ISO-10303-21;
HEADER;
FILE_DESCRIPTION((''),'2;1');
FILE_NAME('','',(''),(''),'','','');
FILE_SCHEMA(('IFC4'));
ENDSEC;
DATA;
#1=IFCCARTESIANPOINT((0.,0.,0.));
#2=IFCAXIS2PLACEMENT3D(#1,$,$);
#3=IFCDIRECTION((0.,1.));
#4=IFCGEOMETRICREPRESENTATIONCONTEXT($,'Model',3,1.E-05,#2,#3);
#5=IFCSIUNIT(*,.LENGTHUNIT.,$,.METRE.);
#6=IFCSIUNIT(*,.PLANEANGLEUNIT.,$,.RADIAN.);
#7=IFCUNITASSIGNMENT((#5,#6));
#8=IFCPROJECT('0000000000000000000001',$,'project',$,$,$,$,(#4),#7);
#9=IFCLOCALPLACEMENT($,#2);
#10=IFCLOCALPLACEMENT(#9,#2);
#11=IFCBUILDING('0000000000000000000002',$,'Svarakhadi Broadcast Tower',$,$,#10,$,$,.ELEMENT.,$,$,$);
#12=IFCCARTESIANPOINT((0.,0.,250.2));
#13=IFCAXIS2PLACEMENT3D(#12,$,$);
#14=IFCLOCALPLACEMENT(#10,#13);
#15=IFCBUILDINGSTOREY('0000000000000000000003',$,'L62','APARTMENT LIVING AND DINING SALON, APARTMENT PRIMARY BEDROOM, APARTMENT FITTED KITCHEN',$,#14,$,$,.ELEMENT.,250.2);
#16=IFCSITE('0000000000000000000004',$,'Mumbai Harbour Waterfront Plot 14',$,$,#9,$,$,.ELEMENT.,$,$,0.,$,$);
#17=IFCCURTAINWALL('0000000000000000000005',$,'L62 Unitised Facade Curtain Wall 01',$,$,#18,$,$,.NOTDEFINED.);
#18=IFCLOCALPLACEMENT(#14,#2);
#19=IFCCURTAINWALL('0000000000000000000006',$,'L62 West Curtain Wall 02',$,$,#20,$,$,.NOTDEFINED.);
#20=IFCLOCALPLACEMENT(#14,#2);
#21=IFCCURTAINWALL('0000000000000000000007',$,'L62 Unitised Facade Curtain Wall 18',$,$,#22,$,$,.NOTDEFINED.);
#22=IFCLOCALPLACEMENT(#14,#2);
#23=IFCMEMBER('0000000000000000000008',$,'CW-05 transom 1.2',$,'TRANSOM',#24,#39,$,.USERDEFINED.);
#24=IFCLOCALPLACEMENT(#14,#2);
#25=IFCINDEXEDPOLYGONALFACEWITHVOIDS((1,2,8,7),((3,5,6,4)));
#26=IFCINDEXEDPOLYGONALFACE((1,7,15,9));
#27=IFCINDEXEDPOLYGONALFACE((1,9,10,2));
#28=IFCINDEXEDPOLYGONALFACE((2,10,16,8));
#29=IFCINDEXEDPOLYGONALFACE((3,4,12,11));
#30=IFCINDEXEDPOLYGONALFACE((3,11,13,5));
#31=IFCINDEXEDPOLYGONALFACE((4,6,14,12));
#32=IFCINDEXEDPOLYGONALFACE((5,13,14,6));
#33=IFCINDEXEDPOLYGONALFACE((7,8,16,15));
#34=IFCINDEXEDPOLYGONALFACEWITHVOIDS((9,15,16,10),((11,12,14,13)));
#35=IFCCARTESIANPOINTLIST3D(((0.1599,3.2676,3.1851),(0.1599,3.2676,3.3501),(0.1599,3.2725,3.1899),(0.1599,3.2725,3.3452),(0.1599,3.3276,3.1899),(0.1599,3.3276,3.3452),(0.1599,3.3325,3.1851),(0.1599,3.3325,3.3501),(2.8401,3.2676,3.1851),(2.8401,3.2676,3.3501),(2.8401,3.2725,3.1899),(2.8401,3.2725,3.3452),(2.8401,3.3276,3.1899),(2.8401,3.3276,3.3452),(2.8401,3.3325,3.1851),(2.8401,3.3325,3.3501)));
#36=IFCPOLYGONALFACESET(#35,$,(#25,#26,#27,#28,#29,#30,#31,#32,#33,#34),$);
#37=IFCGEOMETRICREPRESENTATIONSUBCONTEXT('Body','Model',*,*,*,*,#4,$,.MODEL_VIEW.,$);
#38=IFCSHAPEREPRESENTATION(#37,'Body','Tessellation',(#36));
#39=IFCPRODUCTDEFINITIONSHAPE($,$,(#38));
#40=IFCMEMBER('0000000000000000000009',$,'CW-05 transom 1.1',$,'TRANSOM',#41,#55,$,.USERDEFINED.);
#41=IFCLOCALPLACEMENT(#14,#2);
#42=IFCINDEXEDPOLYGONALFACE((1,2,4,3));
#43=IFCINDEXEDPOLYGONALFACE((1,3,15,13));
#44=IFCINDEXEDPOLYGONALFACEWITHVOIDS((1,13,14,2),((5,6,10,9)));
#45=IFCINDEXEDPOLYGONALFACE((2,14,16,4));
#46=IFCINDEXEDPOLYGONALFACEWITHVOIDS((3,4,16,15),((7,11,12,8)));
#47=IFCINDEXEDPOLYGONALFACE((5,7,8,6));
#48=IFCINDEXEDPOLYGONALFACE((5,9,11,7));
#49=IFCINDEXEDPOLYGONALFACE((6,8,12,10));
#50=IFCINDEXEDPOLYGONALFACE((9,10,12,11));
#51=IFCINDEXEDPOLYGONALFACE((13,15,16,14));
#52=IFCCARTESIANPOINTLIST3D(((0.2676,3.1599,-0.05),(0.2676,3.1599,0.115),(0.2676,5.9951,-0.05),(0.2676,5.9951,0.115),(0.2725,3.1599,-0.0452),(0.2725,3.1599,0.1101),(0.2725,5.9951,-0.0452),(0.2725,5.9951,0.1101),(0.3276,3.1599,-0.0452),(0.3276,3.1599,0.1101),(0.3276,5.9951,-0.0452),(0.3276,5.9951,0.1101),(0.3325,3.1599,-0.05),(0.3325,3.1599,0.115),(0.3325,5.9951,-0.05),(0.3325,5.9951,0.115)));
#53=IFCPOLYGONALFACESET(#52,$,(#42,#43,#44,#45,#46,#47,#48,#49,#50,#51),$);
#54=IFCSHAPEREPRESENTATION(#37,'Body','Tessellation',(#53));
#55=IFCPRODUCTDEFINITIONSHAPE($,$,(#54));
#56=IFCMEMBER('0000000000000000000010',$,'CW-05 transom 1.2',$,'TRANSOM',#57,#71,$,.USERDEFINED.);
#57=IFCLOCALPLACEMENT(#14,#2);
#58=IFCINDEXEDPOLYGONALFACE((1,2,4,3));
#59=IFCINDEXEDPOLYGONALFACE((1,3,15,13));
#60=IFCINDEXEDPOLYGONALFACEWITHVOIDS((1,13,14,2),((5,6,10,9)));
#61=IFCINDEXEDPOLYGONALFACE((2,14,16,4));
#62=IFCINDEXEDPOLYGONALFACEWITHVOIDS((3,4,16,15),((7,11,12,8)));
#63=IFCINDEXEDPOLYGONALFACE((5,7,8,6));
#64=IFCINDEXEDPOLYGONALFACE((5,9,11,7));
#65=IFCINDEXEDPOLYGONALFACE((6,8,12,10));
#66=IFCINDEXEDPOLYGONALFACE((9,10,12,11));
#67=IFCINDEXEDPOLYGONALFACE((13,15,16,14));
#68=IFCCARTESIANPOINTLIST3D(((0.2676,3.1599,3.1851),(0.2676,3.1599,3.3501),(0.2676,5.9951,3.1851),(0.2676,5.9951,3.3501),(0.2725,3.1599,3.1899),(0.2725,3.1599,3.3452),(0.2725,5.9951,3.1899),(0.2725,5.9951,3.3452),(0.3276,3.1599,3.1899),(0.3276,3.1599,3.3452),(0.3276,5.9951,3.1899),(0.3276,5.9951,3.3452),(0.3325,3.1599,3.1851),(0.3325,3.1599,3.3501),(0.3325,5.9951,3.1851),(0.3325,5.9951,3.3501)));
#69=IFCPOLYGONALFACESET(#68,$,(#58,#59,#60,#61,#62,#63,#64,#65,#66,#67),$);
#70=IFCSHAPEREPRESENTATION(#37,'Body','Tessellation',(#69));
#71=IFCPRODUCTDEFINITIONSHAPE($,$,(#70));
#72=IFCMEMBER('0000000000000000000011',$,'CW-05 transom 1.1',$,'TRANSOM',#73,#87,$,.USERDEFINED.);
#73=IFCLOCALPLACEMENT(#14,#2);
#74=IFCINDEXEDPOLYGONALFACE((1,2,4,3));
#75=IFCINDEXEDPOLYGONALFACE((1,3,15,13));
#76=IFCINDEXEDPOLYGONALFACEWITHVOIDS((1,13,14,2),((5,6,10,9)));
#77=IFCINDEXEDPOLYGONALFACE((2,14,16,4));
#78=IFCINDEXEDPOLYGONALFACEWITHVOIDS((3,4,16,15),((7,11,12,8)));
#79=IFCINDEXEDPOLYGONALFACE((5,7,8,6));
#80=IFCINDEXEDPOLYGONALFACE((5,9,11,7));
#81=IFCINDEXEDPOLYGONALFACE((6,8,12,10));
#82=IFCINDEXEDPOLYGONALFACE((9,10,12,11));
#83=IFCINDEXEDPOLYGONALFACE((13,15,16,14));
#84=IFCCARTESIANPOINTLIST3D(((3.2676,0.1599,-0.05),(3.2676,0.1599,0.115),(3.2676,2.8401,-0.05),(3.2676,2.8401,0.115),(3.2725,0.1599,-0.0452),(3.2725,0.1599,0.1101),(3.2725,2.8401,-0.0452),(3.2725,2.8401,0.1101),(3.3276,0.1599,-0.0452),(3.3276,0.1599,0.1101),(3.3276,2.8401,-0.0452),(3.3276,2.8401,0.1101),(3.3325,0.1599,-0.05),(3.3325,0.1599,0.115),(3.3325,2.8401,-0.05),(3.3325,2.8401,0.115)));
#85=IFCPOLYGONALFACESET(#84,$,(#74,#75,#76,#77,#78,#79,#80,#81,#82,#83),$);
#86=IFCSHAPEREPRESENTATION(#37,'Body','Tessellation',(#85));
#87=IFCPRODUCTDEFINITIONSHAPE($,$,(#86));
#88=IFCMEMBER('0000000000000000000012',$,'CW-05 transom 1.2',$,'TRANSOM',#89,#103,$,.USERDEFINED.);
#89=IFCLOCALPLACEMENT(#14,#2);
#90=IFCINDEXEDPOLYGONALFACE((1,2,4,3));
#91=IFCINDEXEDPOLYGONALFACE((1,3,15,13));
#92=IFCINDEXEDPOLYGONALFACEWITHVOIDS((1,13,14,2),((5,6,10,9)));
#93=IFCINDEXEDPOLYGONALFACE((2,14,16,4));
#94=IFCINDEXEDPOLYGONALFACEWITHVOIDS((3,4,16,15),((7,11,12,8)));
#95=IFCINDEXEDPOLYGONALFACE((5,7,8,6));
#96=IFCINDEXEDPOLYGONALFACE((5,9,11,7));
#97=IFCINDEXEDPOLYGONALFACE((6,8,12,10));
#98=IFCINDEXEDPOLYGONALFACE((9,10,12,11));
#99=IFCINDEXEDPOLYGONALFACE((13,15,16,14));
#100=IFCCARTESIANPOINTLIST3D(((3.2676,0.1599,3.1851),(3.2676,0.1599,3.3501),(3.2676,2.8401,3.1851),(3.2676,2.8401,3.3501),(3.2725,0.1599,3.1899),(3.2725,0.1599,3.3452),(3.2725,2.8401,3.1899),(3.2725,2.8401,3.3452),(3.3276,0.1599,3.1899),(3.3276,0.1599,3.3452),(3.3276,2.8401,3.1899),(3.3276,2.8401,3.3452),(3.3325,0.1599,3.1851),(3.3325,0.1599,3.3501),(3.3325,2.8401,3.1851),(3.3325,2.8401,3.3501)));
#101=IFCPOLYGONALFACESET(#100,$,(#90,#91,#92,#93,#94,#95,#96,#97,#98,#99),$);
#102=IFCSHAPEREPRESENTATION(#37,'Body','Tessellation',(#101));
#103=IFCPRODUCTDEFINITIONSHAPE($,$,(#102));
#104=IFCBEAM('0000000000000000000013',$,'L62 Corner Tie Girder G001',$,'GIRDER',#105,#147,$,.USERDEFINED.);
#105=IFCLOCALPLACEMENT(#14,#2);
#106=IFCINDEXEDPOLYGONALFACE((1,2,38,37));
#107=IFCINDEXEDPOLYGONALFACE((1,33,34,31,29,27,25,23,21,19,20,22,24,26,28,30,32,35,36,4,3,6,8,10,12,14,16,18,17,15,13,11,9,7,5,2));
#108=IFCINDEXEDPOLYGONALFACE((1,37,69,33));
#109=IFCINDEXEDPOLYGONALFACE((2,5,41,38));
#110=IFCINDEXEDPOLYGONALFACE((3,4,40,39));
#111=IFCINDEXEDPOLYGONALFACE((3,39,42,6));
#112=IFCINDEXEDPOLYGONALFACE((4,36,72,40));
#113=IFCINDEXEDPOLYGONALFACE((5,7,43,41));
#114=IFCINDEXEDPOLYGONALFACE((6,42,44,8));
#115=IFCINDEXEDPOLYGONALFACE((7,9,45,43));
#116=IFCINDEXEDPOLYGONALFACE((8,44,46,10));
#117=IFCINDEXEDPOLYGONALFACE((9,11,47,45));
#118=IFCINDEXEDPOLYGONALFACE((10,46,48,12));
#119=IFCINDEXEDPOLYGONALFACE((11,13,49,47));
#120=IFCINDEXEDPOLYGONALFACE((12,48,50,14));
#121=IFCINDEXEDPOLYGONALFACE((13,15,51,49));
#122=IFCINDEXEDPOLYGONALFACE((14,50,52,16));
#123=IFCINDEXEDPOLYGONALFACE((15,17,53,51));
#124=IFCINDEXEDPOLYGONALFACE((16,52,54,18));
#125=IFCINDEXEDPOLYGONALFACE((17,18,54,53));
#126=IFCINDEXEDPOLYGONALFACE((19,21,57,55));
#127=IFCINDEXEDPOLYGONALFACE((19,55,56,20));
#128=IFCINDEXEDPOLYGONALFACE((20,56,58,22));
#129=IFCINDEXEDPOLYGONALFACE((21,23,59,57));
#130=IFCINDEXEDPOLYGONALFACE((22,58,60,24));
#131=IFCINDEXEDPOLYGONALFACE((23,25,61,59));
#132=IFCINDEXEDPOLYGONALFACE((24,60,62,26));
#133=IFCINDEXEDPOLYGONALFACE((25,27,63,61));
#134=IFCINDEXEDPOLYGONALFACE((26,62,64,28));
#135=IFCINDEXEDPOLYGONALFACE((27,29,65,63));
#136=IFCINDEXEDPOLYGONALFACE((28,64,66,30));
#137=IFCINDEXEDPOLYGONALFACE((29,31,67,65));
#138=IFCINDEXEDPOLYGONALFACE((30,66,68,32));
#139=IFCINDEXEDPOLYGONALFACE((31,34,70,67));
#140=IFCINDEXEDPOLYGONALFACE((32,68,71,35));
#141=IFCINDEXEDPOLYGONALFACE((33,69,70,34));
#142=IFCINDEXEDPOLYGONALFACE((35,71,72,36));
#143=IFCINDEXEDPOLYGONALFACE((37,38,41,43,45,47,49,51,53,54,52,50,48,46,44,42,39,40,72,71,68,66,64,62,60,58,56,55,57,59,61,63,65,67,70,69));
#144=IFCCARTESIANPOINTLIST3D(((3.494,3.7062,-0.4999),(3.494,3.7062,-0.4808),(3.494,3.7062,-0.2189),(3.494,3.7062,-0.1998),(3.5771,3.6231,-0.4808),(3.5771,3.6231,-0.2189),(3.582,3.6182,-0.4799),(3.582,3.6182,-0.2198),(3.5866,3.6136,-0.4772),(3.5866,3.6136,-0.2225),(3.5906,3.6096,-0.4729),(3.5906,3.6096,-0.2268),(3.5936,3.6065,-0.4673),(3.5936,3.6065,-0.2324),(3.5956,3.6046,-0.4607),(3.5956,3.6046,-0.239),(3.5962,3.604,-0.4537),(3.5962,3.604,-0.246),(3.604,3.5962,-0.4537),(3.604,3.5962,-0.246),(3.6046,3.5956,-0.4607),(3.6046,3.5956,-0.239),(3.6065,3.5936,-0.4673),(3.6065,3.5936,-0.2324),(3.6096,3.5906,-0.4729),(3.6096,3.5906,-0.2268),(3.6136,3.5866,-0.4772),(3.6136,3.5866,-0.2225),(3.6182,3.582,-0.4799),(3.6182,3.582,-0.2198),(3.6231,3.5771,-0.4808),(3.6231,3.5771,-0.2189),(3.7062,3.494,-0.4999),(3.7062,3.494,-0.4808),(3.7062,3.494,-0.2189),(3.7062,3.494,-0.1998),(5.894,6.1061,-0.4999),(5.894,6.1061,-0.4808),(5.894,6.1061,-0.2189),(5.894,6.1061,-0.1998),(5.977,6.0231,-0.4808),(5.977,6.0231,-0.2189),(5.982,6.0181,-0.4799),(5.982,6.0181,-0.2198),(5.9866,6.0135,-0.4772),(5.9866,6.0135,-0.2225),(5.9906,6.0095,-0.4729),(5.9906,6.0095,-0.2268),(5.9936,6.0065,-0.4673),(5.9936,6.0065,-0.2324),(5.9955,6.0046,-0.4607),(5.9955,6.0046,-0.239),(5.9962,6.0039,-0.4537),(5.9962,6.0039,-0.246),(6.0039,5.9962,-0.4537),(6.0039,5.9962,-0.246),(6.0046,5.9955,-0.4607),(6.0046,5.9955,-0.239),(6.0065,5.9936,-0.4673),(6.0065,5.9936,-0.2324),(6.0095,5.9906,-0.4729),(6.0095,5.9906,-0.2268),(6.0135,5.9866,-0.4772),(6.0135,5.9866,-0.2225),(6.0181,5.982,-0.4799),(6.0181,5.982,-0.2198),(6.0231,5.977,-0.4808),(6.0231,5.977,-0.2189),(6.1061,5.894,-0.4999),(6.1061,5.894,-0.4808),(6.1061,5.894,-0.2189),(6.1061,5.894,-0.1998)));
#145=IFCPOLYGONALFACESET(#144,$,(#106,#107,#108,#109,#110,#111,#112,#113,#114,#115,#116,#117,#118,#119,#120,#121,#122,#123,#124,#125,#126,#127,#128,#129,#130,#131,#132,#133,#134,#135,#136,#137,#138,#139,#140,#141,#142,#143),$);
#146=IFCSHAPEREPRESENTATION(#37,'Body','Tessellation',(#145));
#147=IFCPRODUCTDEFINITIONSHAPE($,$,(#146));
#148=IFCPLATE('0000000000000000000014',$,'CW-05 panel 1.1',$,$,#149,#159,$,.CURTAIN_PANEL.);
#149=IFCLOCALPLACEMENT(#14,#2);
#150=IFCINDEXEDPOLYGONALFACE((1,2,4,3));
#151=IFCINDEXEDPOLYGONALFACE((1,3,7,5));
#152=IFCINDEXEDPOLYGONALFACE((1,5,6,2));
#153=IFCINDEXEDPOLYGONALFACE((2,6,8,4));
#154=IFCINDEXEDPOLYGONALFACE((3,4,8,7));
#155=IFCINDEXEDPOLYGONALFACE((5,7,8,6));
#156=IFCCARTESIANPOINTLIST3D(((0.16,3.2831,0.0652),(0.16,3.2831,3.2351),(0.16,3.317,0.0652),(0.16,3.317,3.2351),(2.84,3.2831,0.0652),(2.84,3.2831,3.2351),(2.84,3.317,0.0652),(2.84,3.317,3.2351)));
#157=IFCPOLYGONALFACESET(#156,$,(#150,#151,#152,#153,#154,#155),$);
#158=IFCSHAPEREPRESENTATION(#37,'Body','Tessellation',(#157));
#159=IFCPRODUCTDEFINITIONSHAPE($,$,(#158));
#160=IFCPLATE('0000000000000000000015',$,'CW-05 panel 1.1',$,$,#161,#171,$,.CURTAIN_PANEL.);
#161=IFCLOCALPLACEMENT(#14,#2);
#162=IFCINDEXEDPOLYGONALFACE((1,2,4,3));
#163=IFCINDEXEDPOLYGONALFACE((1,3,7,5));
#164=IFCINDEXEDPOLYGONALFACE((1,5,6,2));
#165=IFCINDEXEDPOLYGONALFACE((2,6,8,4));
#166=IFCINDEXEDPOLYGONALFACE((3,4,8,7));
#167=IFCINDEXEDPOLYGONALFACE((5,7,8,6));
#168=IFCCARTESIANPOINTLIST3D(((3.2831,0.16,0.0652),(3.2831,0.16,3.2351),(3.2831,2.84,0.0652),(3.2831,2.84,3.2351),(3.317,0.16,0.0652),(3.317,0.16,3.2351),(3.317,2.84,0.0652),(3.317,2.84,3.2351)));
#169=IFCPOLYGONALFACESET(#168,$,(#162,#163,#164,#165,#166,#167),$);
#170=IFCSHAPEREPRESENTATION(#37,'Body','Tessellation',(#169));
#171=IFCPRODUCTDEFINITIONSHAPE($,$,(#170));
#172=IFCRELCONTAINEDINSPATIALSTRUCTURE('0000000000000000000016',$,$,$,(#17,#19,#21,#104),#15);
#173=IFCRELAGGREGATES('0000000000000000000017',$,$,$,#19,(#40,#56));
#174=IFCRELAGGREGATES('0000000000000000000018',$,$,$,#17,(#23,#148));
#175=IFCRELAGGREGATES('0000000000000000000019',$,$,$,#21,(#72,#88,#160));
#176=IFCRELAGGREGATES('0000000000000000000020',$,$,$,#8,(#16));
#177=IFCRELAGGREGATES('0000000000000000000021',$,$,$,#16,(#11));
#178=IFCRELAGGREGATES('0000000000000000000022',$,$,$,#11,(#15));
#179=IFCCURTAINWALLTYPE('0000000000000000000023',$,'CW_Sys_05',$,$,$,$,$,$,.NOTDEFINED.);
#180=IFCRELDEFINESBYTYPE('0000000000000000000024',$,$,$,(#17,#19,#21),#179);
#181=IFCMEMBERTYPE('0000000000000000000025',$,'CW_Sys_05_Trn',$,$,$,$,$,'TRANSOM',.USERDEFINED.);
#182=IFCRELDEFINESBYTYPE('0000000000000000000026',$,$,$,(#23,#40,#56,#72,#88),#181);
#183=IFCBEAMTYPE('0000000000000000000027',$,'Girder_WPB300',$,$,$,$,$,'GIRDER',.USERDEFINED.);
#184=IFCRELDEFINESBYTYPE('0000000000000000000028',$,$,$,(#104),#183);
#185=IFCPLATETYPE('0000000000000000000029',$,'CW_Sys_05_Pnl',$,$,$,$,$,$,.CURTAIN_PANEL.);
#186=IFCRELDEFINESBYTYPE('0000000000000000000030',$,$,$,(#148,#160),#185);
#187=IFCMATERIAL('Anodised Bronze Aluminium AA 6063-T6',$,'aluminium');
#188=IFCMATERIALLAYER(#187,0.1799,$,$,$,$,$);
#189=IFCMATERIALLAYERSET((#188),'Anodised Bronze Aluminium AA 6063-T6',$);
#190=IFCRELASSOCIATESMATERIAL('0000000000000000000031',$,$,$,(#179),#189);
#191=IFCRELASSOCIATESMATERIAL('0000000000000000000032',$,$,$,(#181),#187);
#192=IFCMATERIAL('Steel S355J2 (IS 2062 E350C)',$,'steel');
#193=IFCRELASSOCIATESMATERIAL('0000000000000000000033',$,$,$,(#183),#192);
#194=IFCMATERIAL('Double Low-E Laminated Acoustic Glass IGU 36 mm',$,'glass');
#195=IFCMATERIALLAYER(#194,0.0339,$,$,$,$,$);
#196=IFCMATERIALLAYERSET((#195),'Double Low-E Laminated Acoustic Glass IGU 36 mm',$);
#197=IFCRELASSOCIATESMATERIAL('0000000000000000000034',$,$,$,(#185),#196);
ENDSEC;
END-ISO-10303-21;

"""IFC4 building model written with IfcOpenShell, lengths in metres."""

from ifc_helpers import new_model, si_unit, direction, frame, origin, origin_2d, place, context, subcontext, project, spatial, rectangle, hollow_rectangle, i_section, extrude, material, layer, layer_set, material_profile, profile_set, type_object, element, aggregate, save


model = new_model("IFC4")

# Units and contexts
model_context = context("Model", 3, precision=1e-05, world=origin(), true_north=direction((0.0, 1.0)))
body_context = subcontext(model_context, "Body", "Model", "MODEL_VIEW")
ifc_project = project(units=[si_unit("LENGTHUNIT", "METRE"), si_unit("PLANEANGLEUNIT", "RADIAN")], contexts=[model_context])

# Site, building, storey
site_placement = place(None, origin())
site = spatial("IfcSite", under=ifc_project, at=site_placement, Name="Mumbai Harbour Waterfront Plot 14", CompositionType="ELEMENT", RefElevation=0.0)
building_placement = place(site_placement, origin())
building = spatial("IfcBuilding", under=site, at=building_placement, Name="Svarakhadi Broadcast Tower", CompositionType="ELEMENT")
storey_placement = place(building_placement, frame((0.0, 0.0, 250.2)))
storey = spatial("IfcBuildingStorey", under=building, at=storey_placement, Name="L62", Description="APARTMENT LIVING AND DINING SALON, APARTMENT PRIMARY BEDROOM, APARTMENT FITTED KITCHEN", CompositionType="ELEMENT", Elevation=250.2)

# Curtain wall
ifc_material_1 = material(Name="Anodised Bronze Aluminium AA 6063-T6", Category="aluminium")
ifc_layer_1 = layer(ifc_material_1, 0.1799)
ifc_layer_set_1 = layer_set([ifc_layer_1], Name="Anodised Bronze Aluminium AA 6063-T6")
curtain_wall_type = type_object("IfcCurtainWallType", Name="CW_Sys_05", PredefinedType="NOTDEFINED", material=ifc_layer_set_1)
curtain_wall_1_placement = place(storey_placement, origin())
curtain_wall_1 = element("IfcCurtainWall", 1, at=curtain_wall_1_placement, inside=storey, type_object=curtain_wall_type, Name="L62 Unitised Facade Curtain Wall 01", PredefinedType="NOTDEFINED")

# Curtain wall
curtain_wall_2_placement = place(storey_placement, origin())
curtain_wall_2 = element("IfcCurtainWall", 2, at=curtain_wall_2_placement, inside=storey, type_object=curtain_wall_type, Name="L62 West Curtain Wall 02", PredefinedType="NOTDEFINED")

# Curtain wall
curtain_wall_3_placement = place(storey_placement, origin())
curtain_wall_3 = element("IfcCurtainWall", 3, at=curtain_wall_3_placement, inside=storey, type_object=curtain_wall_type, Name="L62 Unitised Facade Curtain Wall 18", PredefinedType="NOTDEFINED")

# Members
ifc_material_profile_1 = material_profile(ifc_material_1, hollow_rectangle(XDim=0.0649, YDim=0.165, WallThickness=0.0049, at=origin_2d()), Name="ALU TRANSOM 165x65x5")
ifc_profile_set_1 = profile_set([ifc_material_profile_1], Name="Anodised Bronze Aluminium AA 6063-T6")
member_type_1 = type_object("IfcMemberType", Name="CW_Sys_05_Trn", ElementType="TRANSOM", PredefinedType="USERDEFINED", material=ifc_profile_set_1)
member_1_placement = place(storey_placement, frame((2.8401, 3.3, 3.2676), z_axis=(-1.0, 0.0, 0.0), x_axis=(0.0, -1.0, 0.0)))
member_1 = element("IfcMember", 4, at=member_1_placement, type_object=member_type_1, Name="CW-05 transom 1.2", ObjectType="TRANSOM", PredefinedType="USERDEFINED", context=body_context, shape_type="SweptSolid", body=[
    extrude(hollow_rectangle(XDim=0.0649, YDim=0.165, WallThickness=0.0049, at=origin_2d()), origin(), (0.0, 0.0, 1.0), 2.6802),
])
member_2_placement = place(storey_placement, frame((0.3, 3.1599, 0.0325), z_axis=(0.0, 1.0, 0.0), x_axis=(-1.0, 0.0, 0.0)))
member_2 = element("IfcMember", 5, at=member_2_placement, type_object=member_type_1, Name="CW-05 transom 1.1", ObjectType="TRANSOM", PredefinedType="USERDEFINED", context=body_context, shape_type="SweptSolid", body=[
    extrude(hollow_rectangle(XDim=0.0649, YDim=0.165, WallThickness=0.0049, at=origin_2d()), origin(), (0.0, 0.0, 1.0), 2.8352),
])
member_3_placement = place(storey_placement, frame((0.3, 3.1599, 3.2676), z_axis=(0.0, 1.0, 0.0), x_axis=(-1.0, 0.0, 0.0)))
member_3 = element("IfcMember", 6, at=member_3_placement, type_object=member_type_1, Name="CW-05 transom 1.2", ObjectType="TRANSOM", PredefinedType="USERDEFINED", context=body_context, shape_type="SweptSolid", body=[
    extrude(hollow_rectangle(XDim=0.0649, YDim=0.165, WallThickness=0.0049, at=origin_2d()), origin(), (0.0, 0.0, 1.0), 2.8352),
])
aggregate(curtain_wall_2, [member_2, member_3])
member_4_placement = place(storey_placement, frame((3.3, 0.1599, 0.0325), z_axis=(0.0, 1.0, 0.0), x_axis=(-1.0, 0.0, 0.0)))
member_4 = element("IfcMember", 7, at=member_4_placement, type_object=member_type_1, Name="CW-05 transom 1.1", ObjectType="TRANSOM", PredefinedType="USERDEFINED", context=body_context, shape_type="SweptSolid", body=[
    extrude(hollow_rectangle(XDim=0.0649, YDim=0.165, WallThickness=0.0049, at=origin_2d()), origin(), (0.0, 0.0, 1.0), 2.6802),
])
member_5_placement = place(storey_placement, frame((3.3, 0.1599, 3.2676), z_axis=(0.0, 1.0, 0.0), x_axis=(-1.0, 0.0, 0.0)))
member_5 = element("IfcMember", 8, at=member_5_placement, type_object=member_type_1, Name="CW-05 transom 1.2", ObjectType="TRANSOM", PredefinedType="USERDEFINED", context=body_context, shape_type="SweptSolid", body=[
    extrude(hollow_rectangle(XDim=0.0649, YDim=0.165, WallThickness=0.0049, at=origin_2d()), origin(), (0.0, 0.0, 1.0), 2.6802),
])

# Beam
ifc_material_2 = material(Name="Steel S355J2 (IS 2062 E350C)", Category="steel")
ifc_material_profile_2 = material_profile(ifc_material_2, i_section(OverallWidth=0.3, OverallDepth=0.3, WebThickness=0.011, FlangeThickness=0.019, FilletRadius=0.0271, at=origin_2d()), Name="WPB 300x300x117")
ifc_profile_set_2 = profile_set([ifc_material_profile_2], Name="Steel S355J2 (IS 2062 E350C)")
beam_type = type_object("IfcBeamType", Name="Girder_WPB300", ElementType="GIRDER", PredefinedType="USERDEFINED", material=ifc_profile_set_2)
beam_placement = place(storey_placement, frame((3.6001, 3.6001, -0.3499), z_axis=(0.707107, 0.707107, 0.0), x_axis=(-0.707107, 0.707107, 0.0)))
element("IfcBeam", 9, at=beam_placement, inside=storey, type_object=beam_type, Name="L62 Corner Tie Girder G001", ObjectType="GIRDER", PredefinedType="USERDEFINED", context=body_context, shape_type="SweptSolid", body=[
    extrude(i_section(OverallWidth=0.3, OverallDepth=0.3, WebThickness=0.011, FlangeThickness=0.019, FilletRadius=0.0271, at=origin_2d()), origin(), (0.0, 0.0, 1.0), 3.394),
])

# Plates
ifc_material_3 = material(Name="Double Low-E Laminated Acoustic Glass IGU 36 mm", Category="glass")
ifc_layer_2 = layer(ifc_material_3, 0.0339)
ifc_layer_set_2 = layer_set([ifc_layer_2], Name="Double Low-E Laminated Acoustic Glass IGU 36 mm")
plate_type = type_object("IfcPlateType", Name="CW_Sys_05_Pnl", PredefinedType="CURTAIN_PANEL", material=ifc_layer_set_2)
plate_1_placement = place(storey_placement, frame((1.5, 3.3, 0.0652), z_axis=(0.0, 0.0, 1.0), x_axis=(-1.0, 0.0, 0.0)))
plate_1 = element("IfcPlate", 10, at=plate_1_placement, type_object=plate_type, Name="CW-05 panel 1.1", PredefinedType="CURTAIN_PANEL", context=body_context, shape_type="SweptSolid", body=[
    extrude(rectangle(XDim=2.6799, YDim=0.0339, at=origin_2d()), origin(), (0.0, 0.0, 1.0), 3.1699),
])
aggregate(curtain_wall_1, [member_1, plate_1])
plate_2_placement = place(storey_placement, frame((3.3, 1.5, 0.0652), z_axis=(0.0, 0.0, 1.0), x_axis=(0.0, 1.0, 0.0)))
plate_2 = element("IfcPlate", 11, at=plate_2_placement, type_object=plate_type, Name="CW-05 panel 1.1", PredefinedType="CURTAIN_PANEL", context=body_context, shape_type="SweptSolid", body=[
    extrude(rectangle(XDim=2.6799, YDim=0.0339, at=origin_2d()), origin(), (0.0, 0.0, 1.0), 3.1699),
])
aggregate(curtain_wall_3, [member_4, member_5, plate_2])

save(model, "model.ifc")
